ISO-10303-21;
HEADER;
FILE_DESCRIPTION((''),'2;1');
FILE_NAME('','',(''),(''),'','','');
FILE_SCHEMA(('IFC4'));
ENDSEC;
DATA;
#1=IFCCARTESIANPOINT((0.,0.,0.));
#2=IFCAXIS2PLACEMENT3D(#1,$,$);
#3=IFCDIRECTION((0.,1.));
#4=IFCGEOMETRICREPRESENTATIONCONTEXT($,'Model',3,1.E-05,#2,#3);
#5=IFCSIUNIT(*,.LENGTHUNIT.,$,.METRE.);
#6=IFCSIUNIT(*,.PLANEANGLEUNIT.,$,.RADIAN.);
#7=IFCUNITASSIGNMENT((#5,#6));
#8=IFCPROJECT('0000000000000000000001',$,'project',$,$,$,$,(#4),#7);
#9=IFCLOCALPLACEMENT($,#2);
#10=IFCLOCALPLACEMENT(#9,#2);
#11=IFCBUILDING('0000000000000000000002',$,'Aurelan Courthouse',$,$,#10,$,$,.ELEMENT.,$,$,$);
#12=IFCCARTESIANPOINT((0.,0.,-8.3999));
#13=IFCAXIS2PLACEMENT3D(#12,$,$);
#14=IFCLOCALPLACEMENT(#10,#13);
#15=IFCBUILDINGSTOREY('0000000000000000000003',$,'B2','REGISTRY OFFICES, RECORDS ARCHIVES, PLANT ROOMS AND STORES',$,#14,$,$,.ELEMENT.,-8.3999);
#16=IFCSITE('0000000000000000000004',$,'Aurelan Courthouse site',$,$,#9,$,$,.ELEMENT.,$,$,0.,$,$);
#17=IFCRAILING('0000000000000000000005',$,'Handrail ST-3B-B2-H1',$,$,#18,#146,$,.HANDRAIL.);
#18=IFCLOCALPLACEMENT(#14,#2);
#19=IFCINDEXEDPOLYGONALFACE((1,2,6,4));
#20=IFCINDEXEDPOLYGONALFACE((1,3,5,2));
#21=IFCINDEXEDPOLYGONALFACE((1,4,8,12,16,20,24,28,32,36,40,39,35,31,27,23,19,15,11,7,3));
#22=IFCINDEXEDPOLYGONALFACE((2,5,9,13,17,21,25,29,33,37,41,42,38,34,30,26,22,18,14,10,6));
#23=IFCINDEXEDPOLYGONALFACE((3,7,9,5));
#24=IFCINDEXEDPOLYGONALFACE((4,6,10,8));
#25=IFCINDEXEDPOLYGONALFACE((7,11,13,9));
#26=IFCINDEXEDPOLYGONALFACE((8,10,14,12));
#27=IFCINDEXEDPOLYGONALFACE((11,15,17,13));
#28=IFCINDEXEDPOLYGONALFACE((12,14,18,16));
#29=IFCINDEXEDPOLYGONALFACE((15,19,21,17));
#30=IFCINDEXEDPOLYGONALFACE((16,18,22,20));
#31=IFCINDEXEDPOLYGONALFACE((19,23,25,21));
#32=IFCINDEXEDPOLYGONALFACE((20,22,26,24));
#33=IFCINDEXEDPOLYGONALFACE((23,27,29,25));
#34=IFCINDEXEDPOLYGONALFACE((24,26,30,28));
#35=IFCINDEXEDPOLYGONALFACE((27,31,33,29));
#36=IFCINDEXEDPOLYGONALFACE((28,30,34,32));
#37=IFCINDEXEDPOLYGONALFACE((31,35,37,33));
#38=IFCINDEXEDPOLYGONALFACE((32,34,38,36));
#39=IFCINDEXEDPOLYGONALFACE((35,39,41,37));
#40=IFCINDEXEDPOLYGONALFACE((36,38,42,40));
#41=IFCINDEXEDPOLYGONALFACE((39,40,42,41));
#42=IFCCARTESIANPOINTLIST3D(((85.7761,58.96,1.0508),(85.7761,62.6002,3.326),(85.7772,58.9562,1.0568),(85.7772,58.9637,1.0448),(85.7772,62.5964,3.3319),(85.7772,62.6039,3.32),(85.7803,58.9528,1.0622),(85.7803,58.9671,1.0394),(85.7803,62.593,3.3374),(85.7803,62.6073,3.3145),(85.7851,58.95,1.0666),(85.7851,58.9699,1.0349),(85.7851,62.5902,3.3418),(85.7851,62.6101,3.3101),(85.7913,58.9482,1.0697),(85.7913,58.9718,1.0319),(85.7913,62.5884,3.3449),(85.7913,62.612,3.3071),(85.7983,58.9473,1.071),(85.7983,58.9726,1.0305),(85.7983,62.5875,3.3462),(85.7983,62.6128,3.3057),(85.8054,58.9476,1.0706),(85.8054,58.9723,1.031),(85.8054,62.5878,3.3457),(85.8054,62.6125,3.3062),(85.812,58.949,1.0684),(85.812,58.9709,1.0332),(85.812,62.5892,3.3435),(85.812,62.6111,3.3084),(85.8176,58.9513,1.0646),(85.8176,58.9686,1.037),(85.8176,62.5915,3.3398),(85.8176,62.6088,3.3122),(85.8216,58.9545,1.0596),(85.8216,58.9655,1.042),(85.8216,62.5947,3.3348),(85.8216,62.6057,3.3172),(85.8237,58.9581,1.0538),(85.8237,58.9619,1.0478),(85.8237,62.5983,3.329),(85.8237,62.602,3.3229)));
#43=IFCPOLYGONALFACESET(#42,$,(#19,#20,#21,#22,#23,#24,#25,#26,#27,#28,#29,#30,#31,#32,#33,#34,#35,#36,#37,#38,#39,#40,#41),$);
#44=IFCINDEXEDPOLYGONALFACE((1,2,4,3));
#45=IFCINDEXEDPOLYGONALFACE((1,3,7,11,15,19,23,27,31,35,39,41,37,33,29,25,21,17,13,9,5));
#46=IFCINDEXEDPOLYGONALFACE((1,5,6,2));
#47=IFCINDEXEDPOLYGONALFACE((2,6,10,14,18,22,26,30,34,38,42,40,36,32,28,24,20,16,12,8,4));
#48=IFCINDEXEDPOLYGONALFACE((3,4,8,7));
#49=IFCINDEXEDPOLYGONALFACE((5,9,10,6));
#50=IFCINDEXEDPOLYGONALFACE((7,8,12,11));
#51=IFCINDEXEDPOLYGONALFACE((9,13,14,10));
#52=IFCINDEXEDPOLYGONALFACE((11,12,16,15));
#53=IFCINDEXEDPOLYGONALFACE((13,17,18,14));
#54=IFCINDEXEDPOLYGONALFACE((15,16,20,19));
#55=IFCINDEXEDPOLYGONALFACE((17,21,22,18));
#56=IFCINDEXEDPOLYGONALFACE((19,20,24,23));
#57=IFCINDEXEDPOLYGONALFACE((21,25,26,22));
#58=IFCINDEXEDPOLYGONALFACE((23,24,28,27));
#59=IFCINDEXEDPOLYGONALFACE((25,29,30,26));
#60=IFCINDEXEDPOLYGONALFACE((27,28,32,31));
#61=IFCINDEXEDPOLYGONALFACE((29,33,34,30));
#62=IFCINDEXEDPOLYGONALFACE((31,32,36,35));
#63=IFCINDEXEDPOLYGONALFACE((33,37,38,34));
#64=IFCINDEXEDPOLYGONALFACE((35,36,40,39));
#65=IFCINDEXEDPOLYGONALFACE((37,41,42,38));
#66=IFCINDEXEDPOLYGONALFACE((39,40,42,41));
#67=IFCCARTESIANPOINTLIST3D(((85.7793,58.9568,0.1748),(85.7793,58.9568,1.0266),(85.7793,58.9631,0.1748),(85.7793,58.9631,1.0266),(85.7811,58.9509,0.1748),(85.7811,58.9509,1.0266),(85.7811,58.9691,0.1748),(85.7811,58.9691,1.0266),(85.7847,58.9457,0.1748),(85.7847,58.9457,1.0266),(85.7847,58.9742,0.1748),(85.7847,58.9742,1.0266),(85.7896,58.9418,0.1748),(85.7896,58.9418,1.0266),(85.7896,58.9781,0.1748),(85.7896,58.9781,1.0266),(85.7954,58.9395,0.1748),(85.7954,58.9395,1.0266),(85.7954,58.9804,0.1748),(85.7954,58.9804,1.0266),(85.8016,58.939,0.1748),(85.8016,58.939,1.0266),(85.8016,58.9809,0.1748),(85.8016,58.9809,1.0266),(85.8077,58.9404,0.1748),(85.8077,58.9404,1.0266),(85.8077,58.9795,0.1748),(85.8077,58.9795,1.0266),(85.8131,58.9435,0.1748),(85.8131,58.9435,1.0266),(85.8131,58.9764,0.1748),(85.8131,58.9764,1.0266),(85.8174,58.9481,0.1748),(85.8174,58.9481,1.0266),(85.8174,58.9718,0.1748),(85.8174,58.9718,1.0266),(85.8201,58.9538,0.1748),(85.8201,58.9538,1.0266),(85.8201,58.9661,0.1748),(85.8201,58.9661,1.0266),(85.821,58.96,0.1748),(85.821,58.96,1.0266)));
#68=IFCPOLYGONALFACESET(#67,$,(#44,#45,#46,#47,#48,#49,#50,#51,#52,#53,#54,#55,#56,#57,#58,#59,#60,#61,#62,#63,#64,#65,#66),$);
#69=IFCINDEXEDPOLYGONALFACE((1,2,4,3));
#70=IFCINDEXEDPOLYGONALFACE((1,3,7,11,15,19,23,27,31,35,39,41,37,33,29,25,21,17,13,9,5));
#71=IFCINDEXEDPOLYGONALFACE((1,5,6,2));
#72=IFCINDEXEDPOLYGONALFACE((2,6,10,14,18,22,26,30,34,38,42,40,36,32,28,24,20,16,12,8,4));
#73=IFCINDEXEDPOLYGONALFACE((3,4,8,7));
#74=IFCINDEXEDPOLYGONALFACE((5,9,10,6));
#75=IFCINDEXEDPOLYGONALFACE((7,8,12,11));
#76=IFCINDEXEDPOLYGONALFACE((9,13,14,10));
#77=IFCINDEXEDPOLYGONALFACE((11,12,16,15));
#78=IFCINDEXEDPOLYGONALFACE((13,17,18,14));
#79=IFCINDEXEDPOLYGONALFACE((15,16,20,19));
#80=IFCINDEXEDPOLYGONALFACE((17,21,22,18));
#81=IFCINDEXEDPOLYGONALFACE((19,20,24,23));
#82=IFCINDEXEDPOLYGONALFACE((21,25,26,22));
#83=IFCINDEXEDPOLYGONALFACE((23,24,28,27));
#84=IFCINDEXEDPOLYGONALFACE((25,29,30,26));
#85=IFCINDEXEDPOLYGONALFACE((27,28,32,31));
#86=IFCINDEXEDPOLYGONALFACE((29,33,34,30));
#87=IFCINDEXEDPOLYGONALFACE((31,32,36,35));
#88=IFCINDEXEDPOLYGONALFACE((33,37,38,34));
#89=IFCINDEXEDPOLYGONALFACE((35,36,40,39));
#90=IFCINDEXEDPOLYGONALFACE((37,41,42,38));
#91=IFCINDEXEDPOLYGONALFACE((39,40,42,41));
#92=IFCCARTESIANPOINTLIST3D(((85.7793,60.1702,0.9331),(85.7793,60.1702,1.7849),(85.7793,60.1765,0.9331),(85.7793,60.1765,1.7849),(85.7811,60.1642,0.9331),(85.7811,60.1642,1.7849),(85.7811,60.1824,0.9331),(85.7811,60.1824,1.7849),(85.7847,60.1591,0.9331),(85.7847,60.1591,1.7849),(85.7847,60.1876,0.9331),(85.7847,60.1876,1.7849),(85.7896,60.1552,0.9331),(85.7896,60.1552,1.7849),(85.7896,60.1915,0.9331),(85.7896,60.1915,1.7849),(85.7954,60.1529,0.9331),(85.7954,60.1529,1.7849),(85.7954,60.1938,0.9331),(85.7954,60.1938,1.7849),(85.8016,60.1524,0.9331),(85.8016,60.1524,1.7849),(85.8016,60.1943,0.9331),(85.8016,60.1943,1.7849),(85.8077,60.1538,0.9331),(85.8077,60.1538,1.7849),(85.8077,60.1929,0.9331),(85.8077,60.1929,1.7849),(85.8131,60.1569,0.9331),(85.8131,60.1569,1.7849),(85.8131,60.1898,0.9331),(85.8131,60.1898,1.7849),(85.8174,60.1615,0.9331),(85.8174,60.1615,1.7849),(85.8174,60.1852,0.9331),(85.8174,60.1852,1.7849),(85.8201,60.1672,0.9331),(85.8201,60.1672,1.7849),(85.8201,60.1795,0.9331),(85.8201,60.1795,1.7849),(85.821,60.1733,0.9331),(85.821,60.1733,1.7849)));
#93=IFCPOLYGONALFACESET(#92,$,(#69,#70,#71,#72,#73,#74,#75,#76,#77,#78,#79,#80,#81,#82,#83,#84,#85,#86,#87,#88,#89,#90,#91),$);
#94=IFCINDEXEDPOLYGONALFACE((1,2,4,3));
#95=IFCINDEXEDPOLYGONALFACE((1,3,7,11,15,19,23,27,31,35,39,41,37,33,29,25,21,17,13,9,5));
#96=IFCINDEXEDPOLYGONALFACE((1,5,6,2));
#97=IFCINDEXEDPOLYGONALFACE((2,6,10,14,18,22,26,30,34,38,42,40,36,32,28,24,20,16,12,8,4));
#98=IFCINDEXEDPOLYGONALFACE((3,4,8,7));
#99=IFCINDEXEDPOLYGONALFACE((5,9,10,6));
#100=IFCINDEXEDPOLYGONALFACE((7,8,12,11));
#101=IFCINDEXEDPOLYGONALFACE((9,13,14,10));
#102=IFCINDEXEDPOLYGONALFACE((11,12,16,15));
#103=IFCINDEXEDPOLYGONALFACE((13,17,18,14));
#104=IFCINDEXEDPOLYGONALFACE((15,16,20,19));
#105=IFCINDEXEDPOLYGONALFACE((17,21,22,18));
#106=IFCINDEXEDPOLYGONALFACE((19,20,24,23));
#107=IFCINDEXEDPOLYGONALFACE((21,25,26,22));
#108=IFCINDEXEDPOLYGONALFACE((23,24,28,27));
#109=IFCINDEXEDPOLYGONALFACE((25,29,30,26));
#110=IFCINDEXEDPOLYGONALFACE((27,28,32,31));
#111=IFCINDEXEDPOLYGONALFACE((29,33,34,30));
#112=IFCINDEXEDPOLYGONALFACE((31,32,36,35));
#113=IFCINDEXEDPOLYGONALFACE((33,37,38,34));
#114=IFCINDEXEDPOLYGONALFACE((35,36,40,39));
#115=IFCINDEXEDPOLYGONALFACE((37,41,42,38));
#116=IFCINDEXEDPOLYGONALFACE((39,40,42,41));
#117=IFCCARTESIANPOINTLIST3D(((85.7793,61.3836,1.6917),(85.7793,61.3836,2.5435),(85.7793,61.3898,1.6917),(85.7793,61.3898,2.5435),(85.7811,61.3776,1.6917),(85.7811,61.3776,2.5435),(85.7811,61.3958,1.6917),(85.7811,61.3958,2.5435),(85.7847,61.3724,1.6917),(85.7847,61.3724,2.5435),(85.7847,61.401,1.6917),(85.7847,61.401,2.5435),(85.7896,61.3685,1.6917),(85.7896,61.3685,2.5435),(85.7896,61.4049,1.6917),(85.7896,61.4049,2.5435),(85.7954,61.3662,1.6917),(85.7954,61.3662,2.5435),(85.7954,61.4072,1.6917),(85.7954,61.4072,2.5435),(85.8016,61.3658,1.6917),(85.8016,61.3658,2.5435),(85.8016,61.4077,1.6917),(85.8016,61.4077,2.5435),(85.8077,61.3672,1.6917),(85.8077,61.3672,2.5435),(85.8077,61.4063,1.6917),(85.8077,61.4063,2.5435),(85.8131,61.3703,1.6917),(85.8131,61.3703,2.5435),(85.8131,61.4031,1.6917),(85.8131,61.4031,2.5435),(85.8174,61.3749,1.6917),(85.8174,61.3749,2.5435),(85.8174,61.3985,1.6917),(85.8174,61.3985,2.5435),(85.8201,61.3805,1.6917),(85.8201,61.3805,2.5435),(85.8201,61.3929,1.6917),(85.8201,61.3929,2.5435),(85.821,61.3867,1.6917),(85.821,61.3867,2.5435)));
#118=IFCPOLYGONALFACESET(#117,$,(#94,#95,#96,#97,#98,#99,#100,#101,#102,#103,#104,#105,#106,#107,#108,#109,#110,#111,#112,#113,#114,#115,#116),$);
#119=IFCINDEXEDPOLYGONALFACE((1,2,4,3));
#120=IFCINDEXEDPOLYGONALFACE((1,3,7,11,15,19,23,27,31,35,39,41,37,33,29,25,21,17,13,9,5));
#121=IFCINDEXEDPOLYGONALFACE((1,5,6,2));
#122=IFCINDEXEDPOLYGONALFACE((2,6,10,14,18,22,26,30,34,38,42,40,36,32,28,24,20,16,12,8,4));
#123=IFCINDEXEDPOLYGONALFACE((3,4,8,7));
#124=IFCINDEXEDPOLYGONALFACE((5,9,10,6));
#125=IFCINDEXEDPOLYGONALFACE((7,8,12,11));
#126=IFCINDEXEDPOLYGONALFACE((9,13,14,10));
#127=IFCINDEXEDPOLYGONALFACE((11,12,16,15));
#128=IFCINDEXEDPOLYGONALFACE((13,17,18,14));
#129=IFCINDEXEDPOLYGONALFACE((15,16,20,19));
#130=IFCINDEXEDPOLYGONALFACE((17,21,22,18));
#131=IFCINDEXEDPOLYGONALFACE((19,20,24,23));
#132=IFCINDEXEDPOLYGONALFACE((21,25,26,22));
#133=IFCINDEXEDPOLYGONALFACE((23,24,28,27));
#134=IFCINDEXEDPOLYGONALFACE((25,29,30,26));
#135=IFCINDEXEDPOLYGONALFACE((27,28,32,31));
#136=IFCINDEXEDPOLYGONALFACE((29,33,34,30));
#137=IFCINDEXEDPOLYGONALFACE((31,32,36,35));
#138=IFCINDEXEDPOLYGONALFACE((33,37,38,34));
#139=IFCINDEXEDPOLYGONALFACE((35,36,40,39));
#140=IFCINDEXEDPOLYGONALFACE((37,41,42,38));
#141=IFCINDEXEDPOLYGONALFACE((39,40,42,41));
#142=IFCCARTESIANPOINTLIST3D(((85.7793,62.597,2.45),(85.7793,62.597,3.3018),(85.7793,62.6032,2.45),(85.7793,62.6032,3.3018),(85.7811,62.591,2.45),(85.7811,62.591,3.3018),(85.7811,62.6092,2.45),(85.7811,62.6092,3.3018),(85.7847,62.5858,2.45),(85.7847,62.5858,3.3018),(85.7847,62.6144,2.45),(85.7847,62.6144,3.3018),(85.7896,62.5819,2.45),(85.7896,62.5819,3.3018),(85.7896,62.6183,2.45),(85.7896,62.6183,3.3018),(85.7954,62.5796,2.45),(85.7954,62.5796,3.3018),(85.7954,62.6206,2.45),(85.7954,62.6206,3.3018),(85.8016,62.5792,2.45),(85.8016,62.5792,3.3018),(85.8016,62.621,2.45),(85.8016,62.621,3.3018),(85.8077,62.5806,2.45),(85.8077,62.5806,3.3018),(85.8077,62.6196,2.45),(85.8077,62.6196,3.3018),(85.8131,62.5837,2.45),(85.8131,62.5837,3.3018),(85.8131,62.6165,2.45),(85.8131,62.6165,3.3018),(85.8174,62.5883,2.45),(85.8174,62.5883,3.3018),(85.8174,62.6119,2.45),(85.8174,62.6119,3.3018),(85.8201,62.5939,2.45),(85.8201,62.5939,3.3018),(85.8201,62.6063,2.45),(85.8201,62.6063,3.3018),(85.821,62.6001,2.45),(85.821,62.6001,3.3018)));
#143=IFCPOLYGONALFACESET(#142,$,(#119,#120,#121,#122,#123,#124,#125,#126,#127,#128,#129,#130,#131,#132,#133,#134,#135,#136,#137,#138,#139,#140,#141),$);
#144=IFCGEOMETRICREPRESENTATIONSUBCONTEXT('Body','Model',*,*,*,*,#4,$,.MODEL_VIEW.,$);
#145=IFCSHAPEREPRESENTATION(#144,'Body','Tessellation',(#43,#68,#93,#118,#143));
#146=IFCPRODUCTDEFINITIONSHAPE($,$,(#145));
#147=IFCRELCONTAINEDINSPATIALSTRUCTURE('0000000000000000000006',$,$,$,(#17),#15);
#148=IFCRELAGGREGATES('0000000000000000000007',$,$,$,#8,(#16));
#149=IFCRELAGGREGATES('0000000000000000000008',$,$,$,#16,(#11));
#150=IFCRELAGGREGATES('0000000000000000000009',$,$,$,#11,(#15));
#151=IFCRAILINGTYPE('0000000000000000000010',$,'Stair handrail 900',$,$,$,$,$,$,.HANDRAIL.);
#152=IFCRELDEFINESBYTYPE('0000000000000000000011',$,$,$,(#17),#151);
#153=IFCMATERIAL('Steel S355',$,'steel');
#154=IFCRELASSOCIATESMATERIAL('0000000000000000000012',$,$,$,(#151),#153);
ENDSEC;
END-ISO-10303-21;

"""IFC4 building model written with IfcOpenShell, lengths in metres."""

from ifc_helpers import new_model, si_unit, direction, frame, origin, origin_2d, place, context, subcontext, project, spatial, circle, extrude, material, type_object, element, save


model = new_model("IFC4")

# Units and contexts
model_context = context("Model", 3, precision=1e-05, world=origin(), true_north=direction((0.0, 1.0)))
body_context = subcontext(model_context, "Body", "Model", "MODEL_VIEW")
ifc_project = project(units=[si_unit("LENGTHUNIT", "METRE"), si_unit("PLANEANGLEUNIT", "RADIAN")], contexts=[model_context])

# Site, building, storey
site_placement = place(None, origin())
site = spatial("IfcSite", under=ifc_project, at=site_placement, Name="Aurelan Courthouse site", CompositionType="ELEMENT", RefElevation=0.0)
building_placement = place(site_placement, origin())
building = spatial("IfcBuilding", under=site, at=building_placement, Name="Aurelan Courthouse", CompositionType="ELEMENT")
storey_placement = place(building_placement, frame((0.0, 0.0, -8.3999)))
storey = spatial("IfcBuildingStorey", under=building, at=storey_placement, Name="B2", Description="REGISTRY OFFICES, RECORDS ARCHIVES, PLANT ROOMS AND STORES", CompositionType="ELEMENT", Elevation=-8.3999)

# Railing
ifc_material_1 = material(Name="Steel S355", Category="steel")
railing_type_1 = type_object("IfcRailingType", Name="Stair handrail 900", PredefinedType="HANDRAIL", material=ifc_material_1)
for number, where, name in (
    (1, (85.8, 58.96, 0.1748), "Handrail ST-3B-B2-H1"),
):
    element("IfcRailing", number, at=place(storey_placement, frame(where)), inside=storey, type_object=railing_type_1, Name=name, PredefinedType="HANDRAIL", context=body_context, shape_type="SweptSolid", body=[
        extrude(circle(Radius=0.0239, at=origin_2d()), frame((0.0, 0.0, 0.876), z_axis=(0.0, 0.847992, 0.530009), x_axis=(-1.0, 0.0, 0.0)), (0.0, 0.0, 1.0), 4.2927),
        extrude(circle(Radius=0.021, at=origin_2d()), origin(), (0.0, 0.0, 1.0), 0.8518),
        extrude(circle(Radius=0.021, at=origin_2d()), frame((0.0, 1.2134, 0.7583)), (0.0, 0.0, 1.0), 0.8518),
        extrude(circle(Radius=0.021, at=origin_2d()), frame((0.0, 2.4268, 1.5168)), (0.0, 0.0, 1.0), 0.8518),
        extrude(circle(Radius=0.021, at=origin_2d()), frame((0.0, 3.6401, 2.2751)), (0.0, 0.0, 1.0), 0.8518),
    ])

save(model, "model.ifc")
